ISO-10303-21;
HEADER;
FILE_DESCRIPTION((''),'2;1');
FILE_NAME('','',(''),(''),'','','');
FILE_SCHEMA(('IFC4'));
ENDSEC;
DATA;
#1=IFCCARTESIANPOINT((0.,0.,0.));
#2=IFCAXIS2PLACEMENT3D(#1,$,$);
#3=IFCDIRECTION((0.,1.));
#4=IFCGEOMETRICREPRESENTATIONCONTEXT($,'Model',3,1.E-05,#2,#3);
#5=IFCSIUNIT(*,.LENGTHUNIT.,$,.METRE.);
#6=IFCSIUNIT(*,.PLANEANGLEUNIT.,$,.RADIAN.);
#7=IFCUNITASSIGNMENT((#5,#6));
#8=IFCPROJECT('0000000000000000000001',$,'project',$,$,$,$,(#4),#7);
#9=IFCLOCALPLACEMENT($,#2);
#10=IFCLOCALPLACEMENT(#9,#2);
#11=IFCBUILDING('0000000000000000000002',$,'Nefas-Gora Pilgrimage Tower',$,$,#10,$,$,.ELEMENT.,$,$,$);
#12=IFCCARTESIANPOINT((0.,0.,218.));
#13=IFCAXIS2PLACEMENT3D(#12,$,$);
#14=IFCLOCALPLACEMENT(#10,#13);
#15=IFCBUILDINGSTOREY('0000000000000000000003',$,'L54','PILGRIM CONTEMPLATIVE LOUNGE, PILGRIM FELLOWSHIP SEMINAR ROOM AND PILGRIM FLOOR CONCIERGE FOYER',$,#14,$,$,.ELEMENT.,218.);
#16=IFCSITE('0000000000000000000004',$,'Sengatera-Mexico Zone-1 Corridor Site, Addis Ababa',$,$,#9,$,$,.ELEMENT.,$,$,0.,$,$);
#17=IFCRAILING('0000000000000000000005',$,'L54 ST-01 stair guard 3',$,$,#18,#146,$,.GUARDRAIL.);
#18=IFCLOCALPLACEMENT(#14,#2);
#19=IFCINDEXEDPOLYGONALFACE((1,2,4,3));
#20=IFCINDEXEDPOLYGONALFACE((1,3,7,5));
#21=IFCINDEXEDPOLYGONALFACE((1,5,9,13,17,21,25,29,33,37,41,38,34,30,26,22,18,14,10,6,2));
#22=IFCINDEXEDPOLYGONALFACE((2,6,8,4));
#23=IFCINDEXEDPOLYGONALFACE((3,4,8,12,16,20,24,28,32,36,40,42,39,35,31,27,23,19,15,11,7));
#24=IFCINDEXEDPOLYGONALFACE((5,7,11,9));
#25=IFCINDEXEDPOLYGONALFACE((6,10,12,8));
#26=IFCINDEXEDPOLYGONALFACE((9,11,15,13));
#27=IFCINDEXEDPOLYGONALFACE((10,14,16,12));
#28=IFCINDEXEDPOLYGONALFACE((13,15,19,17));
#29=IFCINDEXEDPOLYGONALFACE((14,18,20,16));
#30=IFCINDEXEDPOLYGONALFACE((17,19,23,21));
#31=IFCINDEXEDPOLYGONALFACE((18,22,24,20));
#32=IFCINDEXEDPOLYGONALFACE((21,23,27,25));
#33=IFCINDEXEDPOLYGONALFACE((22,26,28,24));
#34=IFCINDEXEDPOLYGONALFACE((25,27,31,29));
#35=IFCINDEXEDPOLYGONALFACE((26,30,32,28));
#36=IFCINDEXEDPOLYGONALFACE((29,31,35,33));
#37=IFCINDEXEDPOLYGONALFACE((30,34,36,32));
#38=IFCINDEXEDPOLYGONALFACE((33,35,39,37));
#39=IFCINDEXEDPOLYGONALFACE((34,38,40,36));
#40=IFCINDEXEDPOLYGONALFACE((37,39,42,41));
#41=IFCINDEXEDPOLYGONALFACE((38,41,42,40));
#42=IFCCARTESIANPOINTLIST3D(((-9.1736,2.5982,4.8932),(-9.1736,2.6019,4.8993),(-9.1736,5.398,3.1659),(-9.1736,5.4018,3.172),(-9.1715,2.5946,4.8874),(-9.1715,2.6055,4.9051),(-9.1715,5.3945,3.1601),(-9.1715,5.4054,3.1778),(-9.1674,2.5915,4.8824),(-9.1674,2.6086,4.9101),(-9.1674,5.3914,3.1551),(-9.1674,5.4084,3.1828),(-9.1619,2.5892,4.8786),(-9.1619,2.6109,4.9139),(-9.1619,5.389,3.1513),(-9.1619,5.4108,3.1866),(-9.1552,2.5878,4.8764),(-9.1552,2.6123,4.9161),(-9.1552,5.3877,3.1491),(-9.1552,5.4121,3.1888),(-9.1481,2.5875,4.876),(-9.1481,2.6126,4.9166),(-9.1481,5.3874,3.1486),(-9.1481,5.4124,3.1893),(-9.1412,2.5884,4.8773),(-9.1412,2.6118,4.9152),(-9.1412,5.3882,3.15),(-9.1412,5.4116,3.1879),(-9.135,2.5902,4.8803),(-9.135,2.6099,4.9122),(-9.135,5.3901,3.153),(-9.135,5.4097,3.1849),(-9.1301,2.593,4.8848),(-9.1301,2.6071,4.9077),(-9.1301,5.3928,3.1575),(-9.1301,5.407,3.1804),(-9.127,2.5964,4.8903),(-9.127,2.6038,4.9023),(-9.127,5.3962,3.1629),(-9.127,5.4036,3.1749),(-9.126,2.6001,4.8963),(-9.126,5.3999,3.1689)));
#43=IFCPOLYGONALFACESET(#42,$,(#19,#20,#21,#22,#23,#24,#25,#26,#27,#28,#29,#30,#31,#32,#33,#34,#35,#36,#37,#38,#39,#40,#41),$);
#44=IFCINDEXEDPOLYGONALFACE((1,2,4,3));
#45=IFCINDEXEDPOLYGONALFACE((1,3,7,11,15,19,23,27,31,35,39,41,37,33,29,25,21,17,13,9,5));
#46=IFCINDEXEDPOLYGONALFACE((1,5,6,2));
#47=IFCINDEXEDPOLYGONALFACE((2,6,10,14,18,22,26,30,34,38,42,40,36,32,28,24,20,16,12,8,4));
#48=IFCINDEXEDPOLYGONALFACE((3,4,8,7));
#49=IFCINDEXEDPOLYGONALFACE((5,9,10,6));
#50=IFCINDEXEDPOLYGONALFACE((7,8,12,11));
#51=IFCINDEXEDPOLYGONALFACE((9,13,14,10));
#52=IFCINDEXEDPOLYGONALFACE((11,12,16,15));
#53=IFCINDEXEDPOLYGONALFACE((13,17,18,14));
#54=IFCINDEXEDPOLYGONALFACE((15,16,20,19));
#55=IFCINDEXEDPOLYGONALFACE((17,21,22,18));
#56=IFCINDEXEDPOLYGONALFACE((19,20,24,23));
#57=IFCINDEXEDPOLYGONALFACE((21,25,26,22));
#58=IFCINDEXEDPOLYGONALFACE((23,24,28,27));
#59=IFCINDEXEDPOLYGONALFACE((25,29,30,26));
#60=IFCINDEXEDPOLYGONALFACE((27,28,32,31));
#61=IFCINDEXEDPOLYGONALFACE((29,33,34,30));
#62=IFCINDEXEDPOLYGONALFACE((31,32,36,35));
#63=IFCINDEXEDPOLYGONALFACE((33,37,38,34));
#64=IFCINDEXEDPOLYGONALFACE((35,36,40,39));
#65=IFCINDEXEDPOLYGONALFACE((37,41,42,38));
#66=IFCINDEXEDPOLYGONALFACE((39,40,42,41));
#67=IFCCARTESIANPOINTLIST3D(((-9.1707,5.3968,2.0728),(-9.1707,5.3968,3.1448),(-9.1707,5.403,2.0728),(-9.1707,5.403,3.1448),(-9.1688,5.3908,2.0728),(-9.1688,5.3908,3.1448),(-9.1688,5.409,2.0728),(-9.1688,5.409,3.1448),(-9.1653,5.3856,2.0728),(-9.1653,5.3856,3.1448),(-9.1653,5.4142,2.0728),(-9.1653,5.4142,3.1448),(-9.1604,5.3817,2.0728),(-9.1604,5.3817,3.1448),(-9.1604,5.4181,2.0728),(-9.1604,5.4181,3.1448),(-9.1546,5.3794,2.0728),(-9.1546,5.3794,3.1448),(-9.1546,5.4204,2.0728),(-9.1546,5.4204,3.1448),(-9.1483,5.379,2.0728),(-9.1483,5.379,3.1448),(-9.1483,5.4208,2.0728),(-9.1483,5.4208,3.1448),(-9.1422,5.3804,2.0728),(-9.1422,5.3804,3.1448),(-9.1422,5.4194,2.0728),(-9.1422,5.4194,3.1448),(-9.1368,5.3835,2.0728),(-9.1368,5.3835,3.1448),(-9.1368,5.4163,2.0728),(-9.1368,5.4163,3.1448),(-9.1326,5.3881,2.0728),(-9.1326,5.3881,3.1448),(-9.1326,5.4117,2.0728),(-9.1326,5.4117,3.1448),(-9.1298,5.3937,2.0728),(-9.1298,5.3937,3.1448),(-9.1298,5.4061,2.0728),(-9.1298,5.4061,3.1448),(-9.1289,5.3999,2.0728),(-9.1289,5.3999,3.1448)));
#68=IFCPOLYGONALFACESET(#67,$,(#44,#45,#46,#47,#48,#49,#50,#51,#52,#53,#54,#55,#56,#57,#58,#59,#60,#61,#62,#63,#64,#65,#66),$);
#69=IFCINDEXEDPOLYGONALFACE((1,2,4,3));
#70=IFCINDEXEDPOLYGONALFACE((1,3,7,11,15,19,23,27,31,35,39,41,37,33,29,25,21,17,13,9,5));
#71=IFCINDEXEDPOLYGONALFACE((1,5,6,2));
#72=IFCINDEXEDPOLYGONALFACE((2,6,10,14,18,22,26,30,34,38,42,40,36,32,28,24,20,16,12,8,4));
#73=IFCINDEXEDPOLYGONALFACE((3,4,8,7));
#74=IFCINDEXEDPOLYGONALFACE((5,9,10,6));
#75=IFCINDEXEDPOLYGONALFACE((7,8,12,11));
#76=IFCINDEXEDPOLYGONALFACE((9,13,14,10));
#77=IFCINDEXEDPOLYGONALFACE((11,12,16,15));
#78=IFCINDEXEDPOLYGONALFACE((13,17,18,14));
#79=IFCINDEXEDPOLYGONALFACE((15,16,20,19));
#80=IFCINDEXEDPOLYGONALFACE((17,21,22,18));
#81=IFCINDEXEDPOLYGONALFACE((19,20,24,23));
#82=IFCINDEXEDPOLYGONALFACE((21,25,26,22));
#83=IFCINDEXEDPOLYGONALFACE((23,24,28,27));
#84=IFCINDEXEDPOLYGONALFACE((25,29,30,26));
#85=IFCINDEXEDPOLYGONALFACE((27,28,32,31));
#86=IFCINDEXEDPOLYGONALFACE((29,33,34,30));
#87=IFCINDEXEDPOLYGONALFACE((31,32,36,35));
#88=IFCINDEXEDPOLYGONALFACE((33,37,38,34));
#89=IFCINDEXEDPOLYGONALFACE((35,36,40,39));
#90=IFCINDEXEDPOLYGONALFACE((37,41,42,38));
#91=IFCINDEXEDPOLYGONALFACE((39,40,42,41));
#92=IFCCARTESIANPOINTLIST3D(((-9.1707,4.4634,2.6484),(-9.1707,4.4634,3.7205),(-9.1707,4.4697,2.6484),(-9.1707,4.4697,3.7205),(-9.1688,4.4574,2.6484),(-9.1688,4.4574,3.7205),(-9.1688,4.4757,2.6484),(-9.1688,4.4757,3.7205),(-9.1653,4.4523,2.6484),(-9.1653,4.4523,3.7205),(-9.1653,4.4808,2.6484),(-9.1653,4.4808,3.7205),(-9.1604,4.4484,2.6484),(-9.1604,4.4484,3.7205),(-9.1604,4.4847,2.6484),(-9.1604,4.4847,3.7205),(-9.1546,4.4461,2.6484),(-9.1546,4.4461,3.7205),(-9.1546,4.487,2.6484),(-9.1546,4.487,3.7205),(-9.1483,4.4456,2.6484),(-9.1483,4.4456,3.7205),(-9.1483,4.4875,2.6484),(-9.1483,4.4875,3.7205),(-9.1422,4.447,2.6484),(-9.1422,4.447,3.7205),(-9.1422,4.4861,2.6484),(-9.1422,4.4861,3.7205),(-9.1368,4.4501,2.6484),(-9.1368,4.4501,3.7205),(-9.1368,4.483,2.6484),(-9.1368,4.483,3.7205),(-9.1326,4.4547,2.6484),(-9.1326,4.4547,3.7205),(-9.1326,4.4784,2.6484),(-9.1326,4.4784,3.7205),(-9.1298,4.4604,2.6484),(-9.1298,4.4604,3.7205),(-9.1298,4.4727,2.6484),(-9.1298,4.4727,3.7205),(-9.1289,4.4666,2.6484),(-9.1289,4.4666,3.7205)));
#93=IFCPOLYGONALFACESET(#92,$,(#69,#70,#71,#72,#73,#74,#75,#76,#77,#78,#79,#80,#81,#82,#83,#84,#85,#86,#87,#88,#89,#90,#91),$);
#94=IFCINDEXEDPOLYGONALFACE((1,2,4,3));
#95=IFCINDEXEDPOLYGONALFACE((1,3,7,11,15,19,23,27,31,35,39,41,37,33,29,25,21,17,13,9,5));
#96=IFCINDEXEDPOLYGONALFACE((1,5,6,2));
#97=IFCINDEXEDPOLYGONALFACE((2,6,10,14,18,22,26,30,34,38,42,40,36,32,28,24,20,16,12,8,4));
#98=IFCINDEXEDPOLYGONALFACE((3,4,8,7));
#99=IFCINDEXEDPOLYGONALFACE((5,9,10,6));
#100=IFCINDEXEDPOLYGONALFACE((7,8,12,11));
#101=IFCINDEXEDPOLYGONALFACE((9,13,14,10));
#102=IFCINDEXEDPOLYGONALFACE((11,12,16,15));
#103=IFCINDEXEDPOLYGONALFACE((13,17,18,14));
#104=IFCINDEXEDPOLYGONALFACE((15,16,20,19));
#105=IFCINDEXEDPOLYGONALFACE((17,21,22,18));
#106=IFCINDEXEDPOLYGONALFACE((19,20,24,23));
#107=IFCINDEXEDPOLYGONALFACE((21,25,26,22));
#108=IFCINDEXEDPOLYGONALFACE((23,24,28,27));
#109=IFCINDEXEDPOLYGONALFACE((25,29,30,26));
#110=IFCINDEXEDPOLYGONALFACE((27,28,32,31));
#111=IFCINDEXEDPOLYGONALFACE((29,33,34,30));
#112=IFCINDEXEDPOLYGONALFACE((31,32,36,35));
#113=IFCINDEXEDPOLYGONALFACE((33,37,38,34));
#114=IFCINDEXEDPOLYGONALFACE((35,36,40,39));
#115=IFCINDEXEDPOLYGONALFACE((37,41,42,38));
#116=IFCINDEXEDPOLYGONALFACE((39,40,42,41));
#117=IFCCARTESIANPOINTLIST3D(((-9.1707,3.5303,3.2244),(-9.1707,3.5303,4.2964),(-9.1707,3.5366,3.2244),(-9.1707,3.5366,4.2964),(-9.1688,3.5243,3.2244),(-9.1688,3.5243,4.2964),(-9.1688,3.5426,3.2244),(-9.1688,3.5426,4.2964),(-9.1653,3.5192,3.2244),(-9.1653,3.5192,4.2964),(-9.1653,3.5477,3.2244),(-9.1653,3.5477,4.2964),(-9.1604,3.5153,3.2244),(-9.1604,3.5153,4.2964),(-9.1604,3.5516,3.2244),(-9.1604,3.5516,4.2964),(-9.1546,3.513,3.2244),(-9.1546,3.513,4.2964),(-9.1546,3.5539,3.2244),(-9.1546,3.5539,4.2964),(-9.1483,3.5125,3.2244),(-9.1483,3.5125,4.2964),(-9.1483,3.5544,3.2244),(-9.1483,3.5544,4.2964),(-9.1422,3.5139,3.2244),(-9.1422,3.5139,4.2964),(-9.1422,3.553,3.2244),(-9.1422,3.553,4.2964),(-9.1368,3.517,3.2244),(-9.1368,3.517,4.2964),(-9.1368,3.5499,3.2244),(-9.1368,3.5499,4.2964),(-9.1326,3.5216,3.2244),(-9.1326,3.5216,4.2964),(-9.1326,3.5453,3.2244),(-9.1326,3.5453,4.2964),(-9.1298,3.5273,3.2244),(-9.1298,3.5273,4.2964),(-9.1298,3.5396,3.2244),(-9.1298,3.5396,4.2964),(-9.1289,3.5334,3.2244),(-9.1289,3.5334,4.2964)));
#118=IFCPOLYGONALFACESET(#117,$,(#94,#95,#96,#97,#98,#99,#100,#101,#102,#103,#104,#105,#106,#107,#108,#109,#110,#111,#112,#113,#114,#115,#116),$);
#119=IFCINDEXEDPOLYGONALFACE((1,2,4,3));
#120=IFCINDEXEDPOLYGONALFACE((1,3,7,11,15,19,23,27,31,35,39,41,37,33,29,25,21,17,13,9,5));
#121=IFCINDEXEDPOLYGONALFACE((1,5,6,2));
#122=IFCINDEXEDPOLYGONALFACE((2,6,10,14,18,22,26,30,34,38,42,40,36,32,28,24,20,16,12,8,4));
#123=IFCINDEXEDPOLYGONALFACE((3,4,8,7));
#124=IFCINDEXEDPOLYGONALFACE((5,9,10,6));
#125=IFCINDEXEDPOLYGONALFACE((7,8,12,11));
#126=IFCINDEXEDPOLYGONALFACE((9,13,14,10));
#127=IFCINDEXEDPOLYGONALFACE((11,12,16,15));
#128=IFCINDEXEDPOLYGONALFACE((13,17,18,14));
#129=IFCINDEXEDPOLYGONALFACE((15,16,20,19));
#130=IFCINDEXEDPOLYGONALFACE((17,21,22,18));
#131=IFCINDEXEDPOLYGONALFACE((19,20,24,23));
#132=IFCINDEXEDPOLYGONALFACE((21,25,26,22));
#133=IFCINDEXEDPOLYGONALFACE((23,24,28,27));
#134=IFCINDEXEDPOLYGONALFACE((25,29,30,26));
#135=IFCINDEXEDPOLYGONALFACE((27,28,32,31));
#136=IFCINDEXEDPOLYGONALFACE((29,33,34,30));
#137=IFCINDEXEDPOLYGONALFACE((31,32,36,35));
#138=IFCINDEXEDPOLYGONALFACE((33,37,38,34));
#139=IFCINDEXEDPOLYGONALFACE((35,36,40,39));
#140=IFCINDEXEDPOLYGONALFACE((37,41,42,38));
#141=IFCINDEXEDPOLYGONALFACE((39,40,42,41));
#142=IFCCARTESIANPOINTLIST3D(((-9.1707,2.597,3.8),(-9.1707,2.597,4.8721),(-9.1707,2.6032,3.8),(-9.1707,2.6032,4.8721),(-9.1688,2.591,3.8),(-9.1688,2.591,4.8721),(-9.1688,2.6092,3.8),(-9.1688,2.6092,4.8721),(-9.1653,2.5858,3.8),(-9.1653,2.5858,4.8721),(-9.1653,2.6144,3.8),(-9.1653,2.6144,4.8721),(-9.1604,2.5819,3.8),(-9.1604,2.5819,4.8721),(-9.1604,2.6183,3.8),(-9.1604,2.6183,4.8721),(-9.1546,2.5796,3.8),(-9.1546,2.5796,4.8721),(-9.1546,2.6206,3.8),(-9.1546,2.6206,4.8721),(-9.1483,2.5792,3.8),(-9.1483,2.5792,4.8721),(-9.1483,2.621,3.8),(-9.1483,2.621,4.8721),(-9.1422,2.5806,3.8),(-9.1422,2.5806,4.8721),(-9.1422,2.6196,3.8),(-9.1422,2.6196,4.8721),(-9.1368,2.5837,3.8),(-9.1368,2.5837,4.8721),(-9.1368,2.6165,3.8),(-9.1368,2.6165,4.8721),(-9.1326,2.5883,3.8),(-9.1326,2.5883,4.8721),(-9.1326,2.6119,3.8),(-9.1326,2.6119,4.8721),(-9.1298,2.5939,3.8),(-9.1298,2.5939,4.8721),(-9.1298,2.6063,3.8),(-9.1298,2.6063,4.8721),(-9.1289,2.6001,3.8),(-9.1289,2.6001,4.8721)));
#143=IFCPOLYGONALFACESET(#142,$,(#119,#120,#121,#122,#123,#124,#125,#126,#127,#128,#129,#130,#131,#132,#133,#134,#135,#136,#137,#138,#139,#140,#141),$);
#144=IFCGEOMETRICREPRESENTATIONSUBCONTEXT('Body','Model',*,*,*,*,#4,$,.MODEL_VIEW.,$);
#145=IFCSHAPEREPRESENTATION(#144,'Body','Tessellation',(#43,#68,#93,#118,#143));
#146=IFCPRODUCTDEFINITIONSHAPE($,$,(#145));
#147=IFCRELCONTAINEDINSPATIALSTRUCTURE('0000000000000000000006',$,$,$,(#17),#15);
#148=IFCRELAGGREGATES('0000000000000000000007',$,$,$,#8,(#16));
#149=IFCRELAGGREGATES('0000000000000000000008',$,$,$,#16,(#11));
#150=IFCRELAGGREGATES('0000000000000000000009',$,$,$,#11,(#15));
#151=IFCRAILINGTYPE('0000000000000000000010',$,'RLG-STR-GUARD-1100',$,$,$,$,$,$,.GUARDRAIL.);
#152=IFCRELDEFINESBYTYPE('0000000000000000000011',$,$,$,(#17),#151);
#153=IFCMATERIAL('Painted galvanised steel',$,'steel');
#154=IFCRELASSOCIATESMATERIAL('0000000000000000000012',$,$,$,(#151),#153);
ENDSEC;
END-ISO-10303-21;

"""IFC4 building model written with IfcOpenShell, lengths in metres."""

from ifc_helpers import new_model, si_unit, direction, frame, origin, origin_2d, place, context, subcontext, project, spatial, circle, extrude, material, type_object, element, save


model = new_model("IFC4")

# Units and contexts
model_context = context("Model", 3, precision=1e-05, world=origin(), true_north=direction((0.0, 1.0)))
body_context = subcontext(model_context, "Body", "Model", "MODEL_VIEW")
ifc_project = project(units=[si_unit("LENGTHUNIT", "METRE"), si_unit("PLANEANGLEUNIT", "RADIAN")], contexts=[model_context])

# Site, building, storey
site_placement = place(None, origin())
site = spatial("IfcSite", under=ifc_project, at=site_placement, Name="Sengatera-Mexico Zone-1 Corridor Site, Addis Ababa", CompositionType="ELEMENT", RefElevation=0.0)
building_placement = place(site_placement, origin())
building = spatial("IfcBuilding", under=site, at=building_placement, Name="Nefas-Gora Pilgrimage Tower", CompositionType="ELEMENT")
storey_placement = place(building_placement, frame((0.0, 0.0, 218.0)))
storey = spatial("IfcBuildingStorey", under=building, at=storey_placement, Name="L54", Description="PILGRIM CONTEMPLATIVE LOUNGE, PILGRIM FELLOWSHIP SEMINAR ROOM AND PILGRIM FLOOR CONCIERGE FOYER", CompositionType="ELEMENT", Elevation=218.0)

# Railing
ifc_material_1 = material(Name="Painted galvanised steel", Category="steel")
railing_type_1 = type_object("IfcRailingType", Name="RLG-STR-GUARD-1100", PredefinedType="GUARDRAIL", material=ifc_material_1)
railing_1_placement = place(storey_placement, frame((-9.1499, 5.3999, 2.0728)))
element("IfcRailing", 1, at=railing_1_placement, inside=storey, type_object=railing_type_1, Name="L54 ST-01 stair guard 3", PredefinedType="GUARDRAIL", context=body_context, shape_type="SweptSolid", body=[
    extrude(circle(Radius=0.0239, at=origin_2d()), frame((0.0, 0.0, 1.0962), z_axis=(0.0, -0.851069, 0.525054), x_axis=(1.0, 0.0, 0.0)), (0.0, 0.0, 1.0), 3.2898),
    extrude(circle(Radius=0.021, at=origin_2d()), origin(), (0.0, 0.0, 1.0), 1.072),
    extrude(circle(Radius=0.021, at=origin_2d()), frame((0.0, -0.9333, 0.5757)), (0.0, 0.0, 1.0), 1.072),
    extrude(circle(Radius=0.021, at=origin_2d()), frame((0.0, -1.8665, 1.1516)), (0.0, 0.0, 1.0), 1.072),
    extrude(circle(Radius=0.021, at=origin_2d()), frame((0.0, -2.7998, 1.7273)), (0.0, 0.0, 1.0), 1.072),
])

save(model, "model.ifc")
